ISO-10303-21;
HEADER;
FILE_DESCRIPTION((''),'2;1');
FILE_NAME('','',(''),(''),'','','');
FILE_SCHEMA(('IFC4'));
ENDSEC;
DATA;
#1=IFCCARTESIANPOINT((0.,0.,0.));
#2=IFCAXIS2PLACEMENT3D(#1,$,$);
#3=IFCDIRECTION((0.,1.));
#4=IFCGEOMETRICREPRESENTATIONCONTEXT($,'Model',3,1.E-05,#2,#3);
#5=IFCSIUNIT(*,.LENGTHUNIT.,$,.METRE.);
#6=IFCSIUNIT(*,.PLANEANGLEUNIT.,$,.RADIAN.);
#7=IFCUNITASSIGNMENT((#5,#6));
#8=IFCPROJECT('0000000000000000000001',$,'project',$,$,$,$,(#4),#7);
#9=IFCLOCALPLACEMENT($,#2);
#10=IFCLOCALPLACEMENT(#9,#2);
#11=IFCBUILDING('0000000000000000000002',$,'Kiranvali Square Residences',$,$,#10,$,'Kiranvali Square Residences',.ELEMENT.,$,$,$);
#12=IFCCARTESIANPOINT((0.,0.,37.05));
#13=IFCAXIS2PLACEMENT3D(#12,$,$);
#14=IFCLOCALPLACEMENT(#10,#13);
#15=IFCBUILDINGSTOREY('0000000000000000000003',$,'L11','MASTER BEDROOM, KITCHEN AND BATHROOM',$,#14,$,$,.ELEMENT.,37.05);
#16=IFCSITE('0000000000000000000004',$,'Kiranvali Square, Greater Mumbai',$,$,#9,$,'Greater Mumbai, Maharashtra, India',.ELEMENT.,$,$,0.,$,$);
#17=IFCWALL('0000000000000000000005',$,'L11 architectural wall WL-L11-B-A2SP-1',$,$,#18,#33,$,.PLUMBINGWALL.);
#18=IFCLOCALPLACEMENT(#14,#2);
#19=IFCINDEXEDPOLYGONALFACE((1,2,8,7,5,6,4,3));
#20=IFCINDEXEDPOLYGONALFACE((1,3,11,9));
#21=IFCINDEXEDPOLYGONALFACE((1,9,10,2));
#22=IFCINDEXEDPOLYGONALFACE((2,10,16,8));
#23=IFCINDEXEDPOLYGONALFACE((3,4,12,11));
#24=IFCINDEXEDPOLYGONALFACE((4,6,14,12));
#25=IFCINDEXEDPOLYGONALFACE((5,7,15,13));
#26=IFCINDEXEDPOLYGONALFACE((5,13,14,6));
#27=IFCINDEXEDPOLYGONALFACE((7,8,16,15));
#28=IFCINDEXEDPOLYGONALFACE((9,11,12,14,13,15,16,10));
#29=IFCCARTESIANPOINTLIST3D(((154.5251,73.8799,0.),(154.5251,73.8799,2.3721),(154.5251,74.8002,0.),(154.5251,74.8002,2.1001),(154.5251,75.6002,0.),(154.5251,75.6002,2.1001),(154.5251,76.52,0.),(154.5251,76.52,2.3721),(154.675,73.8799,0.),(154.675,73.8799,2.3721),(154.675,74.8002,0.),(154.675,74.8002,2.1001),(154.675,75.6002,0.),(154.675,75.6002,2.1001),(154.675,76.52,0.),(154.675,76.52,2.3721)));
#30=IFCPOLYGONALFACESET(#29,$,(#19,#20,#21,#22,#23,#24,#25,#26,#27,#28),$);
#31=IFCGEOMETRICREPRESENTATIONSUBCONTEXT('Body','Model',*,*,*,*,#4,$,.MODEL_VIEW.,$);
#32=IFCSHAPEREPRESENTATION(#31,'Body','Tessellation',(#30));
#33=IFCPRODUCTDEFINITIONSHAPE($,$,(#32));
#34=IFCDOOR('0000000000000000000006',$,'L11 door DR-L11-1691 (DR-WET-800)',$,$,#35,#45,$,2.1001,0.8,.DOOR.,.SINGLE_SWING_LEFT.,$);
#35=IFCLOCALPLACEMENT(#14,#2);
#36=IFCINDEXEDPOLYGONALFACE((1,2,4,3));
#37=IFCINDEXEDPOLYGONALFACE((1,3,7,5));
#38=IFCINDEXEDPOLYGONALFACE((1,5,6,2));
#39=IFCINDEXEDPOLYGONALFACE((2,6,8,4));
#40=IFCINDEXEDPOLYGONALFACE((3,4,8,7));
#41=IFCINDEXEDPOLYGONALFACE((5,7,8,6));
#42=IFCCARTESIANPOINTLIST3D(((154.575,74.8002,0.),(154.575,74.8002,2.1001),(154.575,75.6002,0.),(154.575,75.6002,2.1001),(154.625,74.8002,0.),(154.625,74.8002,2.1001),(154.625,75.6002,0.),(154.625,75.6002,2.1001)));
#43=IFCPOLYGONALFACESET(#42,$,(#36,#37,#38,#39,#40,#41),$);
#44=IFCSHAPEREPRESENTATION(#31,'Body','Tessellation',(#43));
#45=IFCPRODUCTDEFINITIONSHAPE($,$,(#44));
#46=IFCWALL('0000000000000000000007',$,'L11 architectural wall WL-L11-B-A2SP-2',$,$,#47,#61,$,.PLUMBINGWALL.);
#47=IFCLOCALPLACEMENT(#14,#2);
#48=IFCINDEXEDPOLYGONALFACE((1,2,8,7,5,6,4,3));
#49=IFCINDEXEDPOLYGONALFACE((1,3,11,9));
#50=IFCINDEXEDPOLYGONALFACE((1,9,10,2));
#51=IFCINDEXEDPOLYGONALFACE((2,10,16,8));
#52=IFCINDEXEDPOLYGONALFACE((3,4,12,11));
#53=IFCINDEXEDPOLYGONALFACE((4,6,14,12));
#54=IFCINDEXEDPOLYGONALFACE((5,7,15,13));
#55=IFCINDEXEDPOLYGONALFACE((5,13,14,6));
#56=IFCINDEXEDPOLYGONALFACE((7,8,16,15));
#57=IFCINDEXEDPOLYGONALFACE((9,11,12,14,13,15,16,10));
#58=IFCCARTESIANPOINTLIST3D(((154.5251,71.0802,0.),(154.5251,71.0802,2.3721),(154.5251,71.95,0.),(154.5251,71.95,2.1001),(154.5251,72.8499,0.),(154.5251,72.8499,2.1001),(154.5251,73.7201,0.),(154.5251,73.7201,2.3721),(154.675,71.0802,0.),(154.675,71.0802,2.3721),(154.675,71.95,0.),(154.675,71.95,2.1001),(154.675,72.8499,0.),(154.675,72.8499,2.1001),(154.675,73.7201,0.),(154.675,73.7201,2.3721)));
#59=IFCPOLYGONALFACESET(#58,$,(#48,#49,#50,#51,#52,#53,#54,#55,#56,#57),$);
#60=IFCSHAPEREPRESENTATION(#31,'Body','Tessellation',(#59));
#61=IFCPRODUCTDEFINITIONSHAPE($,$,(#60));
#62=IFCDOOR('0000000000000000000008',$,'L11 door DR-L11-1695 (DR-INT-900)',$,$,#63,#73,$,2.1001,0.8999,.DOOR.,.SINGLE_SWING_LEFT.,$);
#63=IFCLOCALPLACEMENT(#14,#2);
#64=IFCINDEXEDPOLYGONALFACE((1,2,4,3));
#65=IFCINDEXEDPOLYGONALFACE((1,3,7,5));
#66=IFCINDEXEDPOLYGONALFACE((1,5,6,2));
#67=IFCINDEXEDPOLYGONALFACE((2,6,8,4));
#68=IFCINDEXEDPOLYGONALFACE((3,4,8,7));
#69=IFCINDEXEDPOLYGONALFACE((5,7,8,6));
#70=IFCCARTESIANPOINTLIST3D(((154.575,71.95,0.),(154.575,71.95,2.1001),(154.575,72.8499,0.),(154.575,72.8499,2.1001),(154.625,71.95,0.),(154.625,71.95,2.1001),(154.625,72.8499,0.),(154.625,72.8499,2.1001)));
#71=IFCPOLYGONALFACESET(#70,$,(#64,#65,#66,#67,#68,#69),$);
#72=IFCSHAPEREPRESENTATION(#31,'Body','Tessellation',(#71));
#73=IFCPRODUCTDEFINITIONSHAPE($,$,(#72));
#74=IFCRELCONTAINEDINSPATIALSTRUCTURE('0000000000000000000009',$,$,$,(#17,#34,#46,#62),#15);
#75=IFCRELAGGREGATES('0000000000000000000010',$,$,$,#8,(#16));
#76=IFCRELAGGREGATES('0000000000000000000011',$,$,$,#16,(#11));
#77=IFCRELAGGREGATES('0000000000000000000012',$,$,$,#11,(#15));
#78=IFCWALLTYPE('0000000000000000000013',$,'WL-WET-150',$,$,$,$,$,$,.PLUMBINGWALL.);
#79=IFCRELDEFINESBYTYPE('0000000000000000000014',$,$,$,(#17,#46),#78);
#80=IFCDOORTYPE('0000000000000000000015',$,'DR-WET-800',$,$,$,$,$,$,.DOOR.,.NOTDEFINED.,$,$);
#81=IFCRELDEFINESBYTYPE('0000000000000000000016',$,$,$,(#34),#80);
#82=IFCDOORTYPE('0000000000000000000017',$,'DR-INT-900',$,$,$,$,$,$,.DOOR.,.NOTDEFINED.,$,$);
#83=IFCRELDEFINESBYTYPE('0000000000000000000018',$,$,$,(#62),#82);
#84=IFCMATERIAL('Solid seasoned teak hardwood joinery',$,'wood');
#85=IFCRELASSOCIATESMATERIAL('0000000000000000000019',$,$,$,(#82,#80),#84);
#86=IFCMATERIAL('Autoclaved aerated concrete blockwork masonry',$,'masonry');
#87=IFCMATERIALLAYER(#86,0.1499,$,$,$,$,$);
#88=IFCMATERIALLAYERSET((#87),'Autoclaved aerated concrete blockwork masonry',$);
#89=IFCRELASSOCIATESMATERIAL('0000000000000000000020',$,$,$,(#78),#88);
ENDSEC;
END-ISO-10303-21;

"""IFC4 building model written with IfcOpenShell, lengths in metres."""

from ifc_helpers import new_model, si_unit, direction, frame, frame_2d, origin, place, context, subcontext, project, spatial, rectangle, extrude, material, layer, layer_set, type_object, element, fill, save


model = new_model("IFC4")

# Units and contexts
model_context = context("Model", 3, precision=1e-05, world=origin(), true_north=direction((0.0, 1.0)))
body_context = subcontext(model_context, "Body", "Model", "MODEL_VIEW")
ifc_project = project(units=[si_unit("LENGTHUNIT", "METRE"), si_unit("PLANEANGLEUNIT", "RADIAN")], contexts=[model_context])

# Site, building, storey
site_placement = place(None, origin())
site = spatial("IfcSite", under=ifc_project, at=site_placement, Name="Kiranvali Square, Greater Mumbai", LongName="Greater Mumbai, Maharashtra, India", CompositionType="ELEMENT", RefElevation=0.0)
building_placement = place(site_placement, origin())
building = spatial("IfcBuilding", under=site, at=building_placement, Name="Kiranvali Square Residences", LongName="Kiranvali Square Residences", CompositionType="ELEMENT")
storey_placement = place(building_placement, frame((0.0, 0.0, 37.05)))
storey = spatial("IfcBuildingStorey", under=building, at=storey_placement, Name="L11", Description="MASTER BEDROOM, KITCHEN AND BATHROOM", CompositionType="ELEMENT", Elevation=37.05)

# Shared definitions
ifc_material_1 = material(Name="Autoclaved aerated concrete blockwork masonry", Category="masonry")

# Walls, openings, doors
ifc_material_2 = material(Name="Solid seasoned teak hardwood joinery", Category="wood")
door_type_1 = type_object("IfcDoorType", Name="DR-INT-900", OperationType="NOTDEFINED", PredefinedType="DOOR", material=ifc_material_2)
ifc_layer_1 = layer(ifc_material_1, 0.1499)
ifc_layer_set_1 = layer_set([ifc_layer_1], Name="Autoclaved aerated concrete blockwork masonry")
wall_type_1 = type_object("IfcWallType", Name="WL-WET-150", PredefinedType="PLUMBINGWALL", material=ifc_layer_set_1)
wall_1_placement = place(storey_placement, frame((154.6001, 76.52, 0.0), z_axis=(0.0, 0.0, 1.0), x_axis=(0.0, -1.0, 0.0)))
wall_1 = element("IfcWall", 1, at=wall_1_placement, inside=storey, type_object=wall_type_1, Name="L11 architectural wall WL-L11-B-A2SP-1", PredefinedType="PLUMBINGWALL", context=body_context, shape_type="SweptSolid", body=[
    extrude(rectangle(XDim=2.6401, YDim=0.1499, at=frame_2d((1.3201, 0.0))), origin(), (0.0, 0.0, 1.0), 2.3721),
])
opening_1_placement = place(wall_1_placement, frame((0.9199, 0.0, 0.0)))
opening_1 = element("IfcOpeningElement", 2, at=opening_1_placement, cuts=wall_1, PredefinedType="OPENING", context=body_context, shape_type="SweptSolid", body=[
    extrude(rectangle(XDim=0.8, YDim=2.1001, at=frame_2d((0.3999, 1.05))), frame((0.0, 0.085, 0.0), z_axis=(0.0, -1.0, 0.0), x_axis=(1.0, 0.0, 0.0)), (0.0, 0.0, 1.0), 0.1699),
])
door_type_2 = type_object("IfcDoorType", Name="DR-WET-800", OperationType="NOTDEFINED", PredefinedType="DOOR", material=ifc_material_2)
door_1_placement = place(opening_1_placement, origin())
door_1 = element("IfcDoor", 3, at=door_1_placement, inside=storey, type_object=door_type_2, Name="L11 door DR-L11-1691 (DR-WET-800)", OperationType="SINGLE_SWING_LEFT", OverallHeight=2.1001, OverallWidth=0.8, PredefinedType="DOOR", context=body_context, shape_type="SweptSolid", body=[
    extrude(rectangle(XDim=0.8, YDim=2.1001, at=frame_2d((0.3999, 1.05))), frame((0.0, 0.0249, 0.0), z_axis=(0.0, -1.0, 0.0), x_axis=(1.0, 0.0, 0.0)), (0.0, 0.0, 1.0), 0.05),
])
fill(opening_1, door_1)
wall_2_placement = place(storey_placement, frame((154.6001, 73.72, 0.0), z_axis=(0.0, 0.0, 1.0), x_axis=(0.0, -1.0, 0.0)))
wall_2 = element("IfcWall", 4, at=wall_2_placement, inside=storey, type_object=wall_type_1, Name="L11 architectural wall WL-L11-B-A2SP-2", PredefinedType="PLUMBINGWALL", context=body_context, shape_type="SweptSolid", body=[
    extrude(rectangle(XDim=2.6399, YDim=0.1499, at=frame_2d((1.3198, 0.0))), origin(), (0.0, 0.0, 1.0), 2.3721),
])
opening_2_placement = place(wall_2_placement, frame((0.8701, 0.0, 0.0)))
opening_2 = element("IfcOpeningElement", 5, at=opening_2_placement, cuts=wall_2, PredefinedType="OPENING", context=body_context, shape_type="SweptSolid", body=[
    extrude(rectangle(XDim=0.8999, YDim=2.1001, at=frame_2d((0.45, 1.05))), frame((0.0, 0.085, 0.0), z_axis=(0.0, -1.0, 0.0), x_axis=(1.0, 0.0, 0.0)), (0.0, 0.0, 1.0), 0.1699),
])
door_2_placement = place(opening_2_placement, origin())
door_2 = element("IfcDoor", 6, at=door_2_placement, inside=storey, type_object=door_type_1, Name="L11 door DR-L11-1695 (DR-INT-900)", OperationType="SINGLE_SWING_LEFT", OverallHeight=2.1001, OverallWidth=0.8999, PredefinedType="DOOR", context=body_context, shape_type="SweptSolid", body=[
    extrude(rectangle(XDim=0.8999, YDim=2.1001, at=frame_2d((0.45, 1.05))), frame((0.0, 0.0249, 0.0), z_axis=(0.0, -1.0, 0.0), x_axis=(1.0, 0.0, 0.0)), (0.0, 0.0, 1.0), 0.05),
])
fill(opening_2, door_2)

save(model, "model.ifc")
